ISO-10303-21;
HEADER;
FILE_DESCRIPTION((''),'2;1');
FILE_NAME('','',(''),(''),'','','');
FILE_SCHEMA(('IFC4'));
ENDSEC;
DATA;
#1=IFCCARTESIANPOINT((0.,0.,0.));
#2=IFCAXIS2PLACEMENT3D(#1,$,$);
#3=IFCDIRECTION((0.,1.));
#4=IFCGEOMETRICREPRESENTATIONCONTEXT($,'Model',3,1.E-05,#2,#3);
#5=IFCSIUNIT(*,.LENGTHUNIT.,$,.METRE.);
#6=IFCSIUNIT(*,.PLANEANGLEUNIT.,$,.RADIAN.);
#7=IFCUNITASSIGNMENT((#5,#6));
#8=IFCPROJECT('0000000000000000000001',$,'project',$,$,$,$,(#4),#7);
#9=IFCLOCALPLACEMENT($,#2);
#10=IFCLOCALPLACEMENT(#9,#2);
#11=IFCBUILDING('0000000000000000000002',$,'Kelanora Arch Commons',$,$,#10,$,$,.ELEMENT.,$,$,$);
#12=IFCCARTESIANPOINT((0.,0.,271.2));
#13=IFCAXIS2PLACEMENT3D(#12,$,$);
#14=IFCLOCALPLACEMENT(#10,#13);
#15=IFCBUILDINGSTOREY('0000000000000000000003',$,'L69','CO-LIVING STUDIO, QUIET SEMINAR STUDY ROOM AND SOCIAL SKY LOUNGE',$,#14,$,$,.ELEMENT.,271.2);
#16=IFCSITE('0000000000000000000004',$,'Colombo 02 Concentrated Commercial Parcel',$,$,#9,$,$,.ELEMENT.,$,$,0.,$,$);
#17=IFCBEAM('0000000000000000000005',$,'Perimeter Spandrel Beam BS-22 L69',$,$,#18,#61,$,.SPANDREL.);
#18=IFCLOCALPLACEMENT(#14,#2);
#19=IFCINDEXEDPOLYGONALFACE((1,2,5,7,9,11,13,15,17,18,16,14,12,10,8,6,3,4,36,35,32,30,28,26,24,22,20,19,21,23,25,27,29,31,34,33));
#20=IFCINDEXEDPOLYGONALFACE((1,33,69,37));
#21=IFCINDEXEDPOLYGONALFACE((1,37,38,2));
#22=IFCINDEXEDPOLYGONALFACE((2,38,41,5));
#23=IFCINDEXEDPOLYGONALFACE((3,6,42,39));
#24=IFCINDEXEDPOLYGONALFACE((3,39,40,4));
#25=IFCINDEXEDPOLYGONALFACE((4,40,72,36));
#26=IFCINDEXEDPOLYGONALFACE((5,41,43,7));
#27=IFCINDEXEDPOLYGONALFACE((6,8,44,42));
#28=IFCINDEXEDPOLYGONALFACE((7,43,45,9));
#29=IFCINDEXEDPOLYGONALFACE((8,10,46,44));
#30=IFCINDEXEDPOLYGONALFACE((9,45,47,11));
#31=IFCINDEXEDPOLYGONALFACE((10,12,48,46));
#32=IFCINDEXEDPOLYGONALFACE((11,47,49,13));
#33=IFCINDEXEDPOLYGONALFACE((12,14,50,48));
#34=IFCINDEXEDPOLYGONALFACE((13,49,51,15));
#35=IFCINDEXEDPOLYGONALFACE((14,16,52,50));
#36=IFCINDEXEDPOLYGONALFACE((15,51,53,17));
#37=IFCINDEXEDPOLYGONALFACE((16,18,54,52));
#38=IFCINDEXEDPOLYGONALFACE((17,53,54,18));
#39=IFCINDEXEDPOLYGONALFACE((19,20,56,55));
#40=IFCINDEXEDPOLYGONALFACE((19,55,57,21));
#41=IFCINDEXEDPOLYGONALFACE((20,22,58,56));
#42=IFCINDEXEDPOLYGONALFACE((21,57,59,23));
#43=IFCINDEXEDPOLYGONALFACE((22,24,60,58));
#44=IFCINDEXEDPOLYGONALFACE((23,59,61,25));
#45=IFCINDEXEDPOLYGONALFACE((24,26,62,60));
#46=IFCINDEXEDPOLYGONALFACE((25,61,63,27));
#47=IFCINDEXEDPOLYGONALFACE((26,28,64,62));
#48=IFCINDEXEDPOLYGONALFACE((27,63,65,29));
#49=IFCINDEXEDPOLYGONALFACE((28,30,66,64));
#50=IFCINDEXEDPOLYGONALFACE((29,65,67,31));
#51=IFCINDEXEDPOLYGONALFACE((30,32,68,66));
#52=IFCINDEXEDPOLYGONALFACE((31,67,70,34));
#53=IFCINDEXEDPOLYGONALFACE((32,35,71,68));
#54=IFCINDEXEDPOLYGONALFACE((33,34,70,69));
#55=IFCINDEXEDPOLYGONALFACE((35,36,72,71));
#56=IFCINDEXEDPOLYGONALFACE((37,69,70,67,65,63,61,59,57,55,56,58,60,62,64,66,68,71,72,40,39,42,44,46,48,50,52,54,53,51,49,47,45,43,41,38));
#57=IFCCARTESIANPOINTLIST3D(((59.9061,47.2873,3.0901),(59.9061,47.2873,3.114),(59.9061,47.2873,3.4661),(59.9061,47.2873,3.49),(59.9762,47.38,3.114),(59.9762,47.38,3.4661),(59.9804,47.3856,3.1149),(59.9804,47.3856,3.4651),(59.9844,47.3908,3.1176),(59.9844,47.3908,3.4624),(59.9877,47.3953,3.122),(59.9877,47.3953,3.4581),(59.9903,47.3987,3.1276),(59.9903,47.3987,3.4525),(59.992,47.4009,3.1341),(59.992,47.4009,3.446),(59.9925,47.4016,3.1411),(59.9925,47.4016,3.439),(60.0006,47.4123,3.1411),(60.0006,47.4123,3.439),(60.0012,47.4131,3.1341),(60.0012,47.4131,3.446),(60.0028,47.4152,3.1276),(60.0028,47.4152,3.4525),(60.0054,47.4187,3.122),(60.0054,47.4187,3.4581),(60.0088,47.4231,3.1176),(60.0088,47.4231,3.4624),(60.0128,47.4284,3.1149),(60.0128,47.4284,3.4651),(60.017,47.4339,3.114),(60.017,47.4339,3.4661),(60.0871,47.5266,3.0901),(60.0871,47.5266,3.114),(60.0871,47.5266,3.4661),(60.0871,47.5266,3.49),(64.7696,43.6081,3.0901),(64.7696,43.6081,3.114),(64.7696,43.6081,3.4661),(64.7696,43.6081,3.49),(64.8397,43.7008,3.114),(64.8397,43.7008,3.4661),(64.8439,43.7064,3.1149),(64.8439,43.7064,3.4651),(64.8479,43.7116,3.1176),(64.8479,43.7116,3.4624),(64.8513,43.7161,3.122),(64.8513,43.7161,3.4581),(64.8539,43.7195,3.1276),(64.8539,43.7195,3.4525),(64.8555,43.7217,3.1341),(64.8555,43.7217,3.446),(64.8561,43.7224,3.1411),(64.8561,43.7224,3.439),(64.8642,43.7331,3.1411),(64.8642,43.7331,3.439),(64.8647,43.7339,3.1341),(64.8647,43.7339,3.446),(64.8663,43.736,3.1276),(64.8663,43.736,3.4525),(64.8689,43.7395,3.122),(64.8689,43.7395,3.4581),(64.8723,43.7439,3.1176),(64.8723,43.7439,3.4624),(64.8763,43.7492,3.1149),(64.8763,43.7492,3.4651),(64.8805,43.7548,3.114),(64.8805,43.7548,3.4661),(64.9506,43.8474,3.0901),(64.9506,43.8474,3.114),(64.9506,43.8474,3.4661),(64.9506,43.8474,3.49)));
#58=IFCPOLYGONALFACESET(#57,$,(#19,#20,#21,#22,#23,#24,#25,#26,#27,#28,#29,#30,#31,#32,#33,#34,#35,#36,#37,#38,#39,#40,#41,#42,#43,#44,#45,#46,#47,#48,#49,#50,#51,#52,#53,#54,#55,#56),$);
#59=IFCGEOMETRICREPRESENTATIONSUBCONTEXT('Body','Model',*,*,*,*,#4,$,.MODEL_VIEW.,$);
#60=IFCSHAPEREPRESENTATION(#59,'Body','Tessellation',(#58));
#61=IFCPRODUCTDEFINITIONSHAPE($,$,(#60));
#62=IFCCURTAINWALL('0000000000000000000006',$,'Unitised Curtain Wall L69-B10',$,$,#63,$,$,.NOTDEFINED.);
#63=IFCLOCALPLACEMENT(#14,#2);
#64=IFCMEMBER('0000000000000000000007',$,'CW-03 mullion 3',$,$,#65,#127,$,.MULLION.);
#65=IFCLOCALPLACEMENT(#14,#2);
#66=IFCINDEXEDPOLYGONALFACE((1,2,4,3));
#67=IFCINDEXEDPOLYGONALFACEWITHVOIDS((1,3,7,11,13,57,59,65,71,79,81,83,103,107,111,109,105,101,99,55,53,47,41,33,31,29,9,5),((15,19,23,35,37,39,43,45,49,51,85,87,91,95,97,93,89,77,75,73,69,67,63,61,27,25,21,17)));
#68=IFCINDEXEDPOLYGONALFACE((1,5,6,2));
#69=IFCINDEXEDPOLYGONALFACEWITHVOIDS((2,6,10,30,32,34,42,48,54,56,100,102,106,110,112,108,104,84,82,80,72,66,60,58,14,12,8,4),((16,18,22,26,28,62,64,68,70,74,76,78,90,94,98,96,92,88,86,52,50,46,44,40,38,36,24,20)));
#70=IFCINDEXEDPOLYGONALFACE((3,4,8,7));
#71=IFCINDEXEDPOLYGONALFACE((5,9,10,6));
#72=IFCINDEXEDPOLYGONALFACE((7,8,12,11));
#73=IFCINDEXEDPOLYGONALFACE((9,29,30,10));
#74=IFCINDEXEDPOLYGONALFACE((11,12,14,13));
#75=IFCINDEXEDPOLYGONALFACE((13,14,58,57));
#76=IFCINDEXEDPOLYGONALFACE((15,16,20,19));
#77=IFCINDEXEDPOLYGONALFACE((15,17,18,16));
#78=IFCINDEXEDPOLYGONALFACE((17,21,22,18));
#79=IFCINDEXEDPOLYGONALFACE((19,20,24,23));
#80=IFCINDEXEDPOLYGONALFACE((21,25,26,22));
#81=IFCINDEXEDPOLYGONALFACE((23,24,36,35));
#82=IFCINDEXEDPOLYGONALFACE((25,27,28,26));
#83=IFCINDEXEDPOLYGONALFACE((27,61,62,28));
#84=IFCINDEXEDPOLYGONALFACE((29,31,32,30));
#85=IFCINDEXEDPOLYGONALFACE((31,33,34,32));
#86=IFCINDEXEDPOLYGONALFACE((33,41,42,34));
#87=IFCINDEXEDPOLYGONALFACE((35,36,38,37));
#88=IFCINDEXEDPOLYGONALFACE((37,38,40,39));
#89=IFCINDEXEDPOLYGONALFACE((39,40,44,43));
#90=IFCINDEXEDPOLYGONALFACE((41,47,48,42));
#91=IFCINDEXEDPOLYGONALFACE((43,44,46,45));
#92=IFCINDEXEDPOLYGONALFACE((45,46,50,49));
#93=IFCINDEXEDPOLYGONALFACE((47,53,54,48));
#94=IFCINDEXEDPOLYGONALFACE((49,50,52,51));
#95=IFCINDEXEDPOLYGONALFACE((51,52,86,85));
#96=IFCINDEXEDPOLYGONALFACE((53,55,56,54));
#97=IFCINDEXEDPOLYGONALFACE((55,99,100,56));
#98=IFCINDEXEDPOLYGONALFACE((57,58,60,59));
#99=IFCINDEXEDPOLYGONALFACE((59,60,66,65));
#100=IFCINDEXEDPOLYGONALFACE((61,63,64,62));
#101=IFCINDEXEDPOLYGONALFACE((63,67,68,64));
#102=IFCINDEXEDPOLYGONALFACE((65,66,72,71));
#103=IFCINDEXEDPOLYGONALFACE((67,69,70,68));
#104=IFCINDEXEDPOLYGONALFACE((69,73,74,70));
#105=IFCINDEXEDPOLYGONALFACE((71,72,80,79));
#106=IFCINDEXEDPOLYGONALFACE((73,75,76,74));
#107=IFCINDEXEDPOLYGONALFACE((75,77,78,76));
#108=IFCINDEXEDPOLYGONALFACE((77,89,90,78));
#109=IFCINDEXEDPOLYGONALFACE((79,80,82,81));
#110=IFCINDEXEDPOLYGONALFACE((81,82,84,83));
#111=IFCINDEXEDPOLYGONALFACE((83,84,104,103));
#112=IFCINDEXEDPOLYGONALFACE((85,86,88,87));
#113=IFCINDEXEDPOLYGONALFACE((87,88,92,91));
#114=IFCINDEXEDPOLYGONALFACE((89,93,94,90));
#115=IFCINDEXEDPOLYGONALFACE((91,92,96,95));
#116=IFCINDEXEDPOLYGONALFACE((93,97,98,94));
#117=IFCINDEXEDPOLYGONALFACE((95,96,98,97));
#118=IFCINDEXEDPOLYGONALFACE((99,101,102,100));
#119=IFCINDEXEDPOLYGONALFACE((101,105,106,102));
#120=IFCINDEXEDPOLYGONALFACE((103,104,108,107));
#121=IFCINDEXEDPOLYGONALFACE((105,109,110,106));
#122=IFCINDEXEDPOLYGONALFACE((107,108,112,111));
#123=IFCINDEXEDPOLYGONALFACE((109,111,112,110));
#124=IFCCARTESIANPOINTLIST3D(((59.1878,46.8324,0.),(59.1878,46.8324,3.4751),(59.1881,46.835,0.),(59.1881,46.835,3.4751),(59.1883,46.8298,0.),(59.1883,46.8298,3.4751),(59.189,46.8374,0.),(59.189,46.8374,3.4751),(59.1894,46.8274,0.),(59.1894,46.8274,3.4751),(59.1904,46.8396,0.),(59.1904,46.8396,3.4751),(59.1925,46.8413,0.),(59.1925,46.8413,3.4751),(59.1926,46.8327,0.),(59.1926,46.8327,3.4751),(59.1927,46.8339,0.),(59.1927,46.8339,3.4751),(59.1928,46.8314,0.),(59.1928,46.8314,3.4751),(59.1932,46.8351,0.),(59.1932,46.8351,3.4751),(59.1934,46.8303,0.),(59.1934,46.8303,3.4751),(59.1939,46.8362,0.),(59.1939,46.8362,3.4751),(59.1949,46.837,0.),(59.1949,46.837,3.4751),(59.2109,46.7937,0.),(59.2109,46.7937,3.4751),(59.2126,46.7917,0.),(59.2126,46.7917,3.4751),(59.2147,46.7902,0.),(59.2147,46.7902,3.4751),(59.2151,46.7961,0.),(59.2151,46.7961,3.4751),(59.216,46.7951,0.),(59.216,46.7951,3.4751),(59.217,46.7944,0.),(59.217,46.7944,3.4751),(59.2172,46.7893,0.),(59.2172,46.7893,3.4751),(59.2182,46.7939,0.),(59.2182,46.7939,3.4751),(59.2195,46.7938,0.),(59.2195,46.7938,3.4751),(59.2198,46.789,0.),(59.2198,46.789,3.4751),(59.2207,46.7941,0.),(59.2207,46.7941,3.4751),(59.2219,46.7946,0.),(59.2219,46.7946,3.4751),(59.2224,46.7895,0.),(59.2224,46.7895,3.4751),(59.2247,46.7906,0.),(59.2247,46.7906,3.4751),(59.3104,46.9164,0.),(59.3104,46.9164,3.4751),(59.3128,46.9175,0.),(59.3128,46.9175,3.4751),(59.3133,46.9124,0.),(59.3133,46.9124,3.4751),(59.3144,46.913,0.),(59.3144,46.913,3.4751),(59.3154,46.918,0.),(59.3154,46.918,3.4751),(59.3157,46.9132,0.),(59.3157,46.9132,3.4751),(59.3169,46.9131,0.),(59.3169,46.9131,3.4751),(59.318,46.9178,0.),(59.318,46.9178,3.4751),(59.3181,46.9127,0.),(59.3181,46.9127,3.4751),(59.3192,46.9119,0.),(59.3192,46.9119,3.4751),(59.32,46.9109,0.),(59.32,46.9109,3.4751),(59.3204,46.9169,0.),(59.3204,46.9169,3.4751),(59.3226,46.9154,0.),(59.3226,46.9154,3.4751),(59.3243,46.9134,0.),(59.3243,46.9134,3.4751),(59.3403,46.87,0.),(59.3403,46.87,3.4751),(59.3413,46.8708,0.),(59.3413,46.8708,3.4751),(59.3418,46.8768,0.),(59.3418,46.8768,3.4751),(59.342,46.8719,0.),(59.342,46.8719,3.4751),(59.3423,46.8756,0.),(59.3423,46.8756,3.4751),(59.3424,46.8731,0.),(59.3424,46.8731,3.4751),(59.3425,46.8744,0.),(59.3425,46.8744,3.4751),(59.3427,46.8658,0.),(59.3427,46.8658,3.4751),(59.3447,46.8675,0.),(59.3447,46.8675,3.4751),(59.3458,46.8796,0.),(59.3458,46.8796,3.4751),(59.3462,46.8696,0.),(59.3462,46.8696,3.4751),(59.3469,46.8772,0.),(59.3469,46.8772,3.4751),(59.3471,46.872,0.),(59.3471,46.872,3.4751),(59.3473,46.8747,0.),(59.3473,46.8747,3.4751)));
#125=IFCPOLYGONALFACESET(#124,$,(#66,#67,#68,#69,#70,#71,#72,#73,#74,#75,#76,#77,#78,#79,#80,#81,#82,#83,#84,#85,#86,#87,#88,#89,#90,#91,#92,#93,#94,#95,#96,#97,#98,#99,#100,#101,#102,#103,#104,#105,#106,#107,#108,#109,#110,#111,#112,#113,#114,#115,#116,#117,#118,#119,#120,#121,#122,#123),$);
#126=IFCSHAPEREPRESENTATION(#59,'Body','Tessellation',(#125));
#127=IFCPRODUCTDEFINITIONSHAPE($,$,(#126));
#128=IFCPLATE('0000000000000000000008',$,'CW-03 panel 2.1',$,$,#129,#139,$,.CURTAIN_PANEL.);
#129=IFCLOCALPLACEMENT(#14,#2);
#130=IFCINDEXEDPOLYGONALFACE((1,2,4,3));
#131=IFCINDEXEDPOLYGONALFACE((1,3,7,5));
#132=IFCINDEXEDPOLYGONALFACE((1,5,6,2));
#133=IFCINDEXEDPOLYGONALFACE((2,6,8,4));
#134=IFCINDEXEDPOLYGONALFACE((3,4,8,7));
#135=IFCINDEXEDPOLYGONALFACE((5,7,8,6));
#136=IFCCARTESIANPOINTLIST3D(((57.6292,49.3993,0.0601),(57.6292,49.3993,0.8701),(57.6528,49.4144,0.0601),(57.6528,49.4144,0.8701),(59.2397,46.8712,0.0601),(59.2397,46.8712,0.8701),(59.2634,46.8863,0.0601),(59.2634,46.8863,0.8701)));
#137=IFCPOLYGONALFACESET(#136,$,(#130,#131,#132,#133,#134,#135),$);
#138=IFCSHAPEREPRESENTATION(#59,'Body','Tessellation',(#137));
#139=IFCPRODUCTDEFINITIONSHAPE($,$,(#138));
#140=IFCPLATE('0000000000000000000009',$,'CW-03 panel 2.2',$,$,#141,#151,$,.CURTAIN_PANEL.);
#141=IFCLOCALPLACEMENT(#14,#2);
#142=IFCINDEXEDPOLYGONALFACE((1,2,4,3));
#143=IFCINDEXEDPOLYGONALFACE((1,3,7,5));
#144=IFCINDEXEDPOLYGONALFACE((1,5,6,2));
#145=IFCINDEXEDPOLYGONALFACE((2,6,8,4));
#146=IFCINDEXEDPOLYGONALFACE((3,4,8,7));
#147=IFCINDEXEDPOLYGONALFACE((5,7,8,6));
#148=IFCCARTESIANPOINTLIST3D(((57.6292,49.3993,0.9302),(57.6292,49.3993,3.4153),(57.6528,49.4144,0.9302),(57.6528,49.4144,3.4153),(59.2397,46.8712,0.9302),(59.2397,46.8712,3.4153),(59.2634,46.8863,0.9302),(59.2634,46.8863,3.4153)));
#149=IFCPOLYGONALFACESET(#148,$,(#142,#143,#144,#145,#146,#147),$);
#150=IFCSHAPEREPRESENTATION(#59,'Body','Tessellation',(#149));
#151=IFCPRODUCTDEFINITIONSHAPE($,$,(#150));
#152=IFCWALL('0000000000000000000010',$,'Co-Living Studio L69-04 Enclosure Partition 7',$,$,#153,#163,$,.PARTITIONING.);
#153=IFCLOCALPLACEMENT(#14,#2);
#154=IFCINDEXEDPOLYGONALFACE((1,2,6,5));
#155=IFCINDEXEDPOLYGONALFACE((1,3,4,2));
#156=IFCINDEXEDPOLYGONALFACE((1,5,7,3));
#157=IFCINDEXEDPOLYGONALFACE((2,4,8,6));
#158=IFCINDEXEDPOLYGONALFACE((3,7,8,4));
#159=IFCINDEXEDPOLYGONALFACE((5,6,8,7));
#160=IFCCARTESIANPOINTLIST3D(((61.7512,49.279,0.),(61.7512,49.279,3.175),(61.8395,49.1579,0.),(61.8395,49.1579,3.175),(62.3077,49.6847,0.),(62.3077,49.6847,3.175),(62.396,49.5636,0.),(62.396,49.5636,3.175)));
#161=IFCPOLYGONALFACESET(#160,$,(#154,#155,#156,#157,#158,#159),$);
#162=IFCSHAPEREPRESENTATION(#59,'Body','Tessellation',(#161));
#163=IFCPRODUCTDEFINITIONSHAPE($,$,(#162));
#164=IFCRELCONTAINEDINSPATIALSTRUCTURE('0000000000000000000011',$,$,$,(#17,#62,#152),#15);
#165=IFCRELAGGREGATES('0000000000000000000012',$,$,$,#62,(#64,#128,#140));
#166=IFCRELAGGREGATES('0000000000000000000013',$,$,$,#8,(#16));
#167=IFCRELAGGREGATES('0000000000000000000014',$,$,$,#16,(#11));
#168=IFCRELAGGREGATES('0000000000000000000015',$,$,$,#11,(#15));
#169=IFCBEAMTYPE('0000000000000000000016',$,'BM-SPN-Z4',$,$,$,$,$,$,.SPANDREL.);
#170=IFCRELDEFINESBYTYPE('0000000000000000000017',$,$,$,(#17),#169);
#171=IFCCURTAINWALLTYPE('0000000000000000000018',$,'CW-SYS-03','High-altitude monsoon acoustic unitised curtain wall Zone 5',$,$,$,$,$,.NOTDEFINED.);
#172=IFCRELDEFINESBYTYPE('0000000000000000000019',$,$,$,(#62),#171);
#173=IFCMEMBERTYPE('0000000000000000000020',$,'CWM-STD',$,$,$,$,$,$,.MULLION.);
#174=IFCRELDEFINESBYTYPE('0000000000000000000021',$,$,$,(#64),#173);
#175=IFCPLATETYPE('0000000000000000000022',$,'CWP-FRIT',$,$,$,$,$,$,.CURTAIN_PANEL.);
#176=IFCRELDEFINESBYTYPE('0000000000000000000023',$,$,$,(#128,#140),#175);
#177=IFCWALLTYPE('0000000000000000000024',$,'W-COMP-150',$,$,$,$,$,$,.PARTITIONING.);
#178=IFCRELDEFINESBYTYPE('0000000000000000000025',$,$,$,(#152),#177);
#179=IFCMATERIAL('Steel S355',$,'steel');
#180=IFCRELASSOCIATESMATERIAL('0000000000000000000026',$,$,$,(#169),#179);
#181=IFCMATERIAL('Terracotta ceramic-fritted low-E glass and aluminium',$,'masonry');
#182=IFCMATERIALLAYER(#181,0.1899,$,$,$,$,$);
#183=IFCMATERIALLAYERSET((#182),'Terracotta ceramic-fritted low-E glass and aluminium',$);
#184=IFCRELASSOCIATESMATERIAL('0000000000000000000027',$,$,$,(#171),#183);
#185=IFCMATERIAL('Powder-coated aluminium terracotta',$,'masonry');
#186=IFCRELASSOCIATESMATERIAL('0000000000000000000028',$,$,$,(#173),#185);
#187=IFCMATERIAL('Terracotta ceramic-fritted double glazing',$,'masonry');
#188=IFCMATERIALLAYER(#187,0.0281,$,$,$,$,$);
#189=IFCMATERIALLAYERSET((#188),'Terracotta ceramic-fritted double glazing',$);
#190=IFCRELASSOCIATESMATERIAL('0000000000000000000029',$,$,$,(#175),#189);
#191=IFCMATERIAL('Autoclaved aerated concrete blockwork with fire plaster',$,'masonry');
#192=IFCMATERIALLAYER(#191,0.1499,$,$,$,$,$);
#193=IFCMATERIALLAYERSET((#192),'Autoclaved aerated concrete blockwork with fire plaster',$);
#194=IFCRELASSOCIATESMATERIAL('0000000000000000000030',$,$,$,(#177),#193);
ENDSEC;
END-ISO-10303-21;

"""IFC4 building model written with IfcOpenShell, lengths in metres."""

from ifc_helpers import new_model, si_unit, direction, frame, frame_2d, origin, origin_2d, place, context, subcontext, project, spatial, rectangle, hollow_rectangle, i_section, extrude, source, transform, mapped, material, layer, layer_set, material_profile, profile_set, type_object, element, aggregate, save


model = new_model("IFC4")

# Units and contexts
model_context = context("Model", 3, precision=1e-05, world=origin(), true_north=direction((0.0, 1.0)))
body_context = subcontext(model_context, "Body", "Model", "MODEL_VIEW")
ifc_project = project(units=[si_unit("LENGTHUNIT", "METRE"), si_unit("PLANEANGLEUNIT", "RADIAN")], contexts=[model_context])

# Site, building, storey
site_placement = place(None, origin())
site = spatial("IfcSite", under=ifc_project, at=site_placement, Name="Colombo 02 Concentrated Commercial Parcel", CompositionType="ELEMENT", RefElevation=0.0)
building_placement = place(site_placement, origin())
building = spatial("IfcBuilding", under=site, at=building_placement, Name="Kelanora Arch Commons", CompositionType="ELEMENT")
storey_placement = place(building_placement, frame((0.0, 0.0, 271.2)))
storey = spatial("IfcBuildingStorey", under=building, at=storey_placement, Name="L69", Description="CO-LIVING STUDIO, QUIET SEMINAR STUDY ROOM AND SOCIAL SKY LOUNGE", CompositionType="ELEMENT", Elevation=271.2)

# Beam
ifc_material_1 = material(Name="Steel S355", Category="steel")
ifc_material_profile_1 = material_profile(ifc_material_1, i_section(OverallWidth=0.3, OverallDepth=0.3999, WebThickness=0.0134, FlangeThickness=0.0239, FilletRadius=0.0271, at=origin_2d()), Name="HEB400")
ifc_profile_set_1 = profile_set([ifc_material_profile_1], Name="Steel S355")
beam_type_1 = type_object("IfcBeamType", Name="BM-SPN-Z4", PredefinedType="SPANDREL", material=ifc_profile_set_1)
beam_1_placement = place(storey_placement, frame((59.9966, 47.407, 3.29), z_axis=(0.797509, -0.603306, 0.0), x_axis=(0.603306, 0.797509, 0.0)))
element("IfcBeam", 1, at=beam_1_placement, inside=storey, type_object=beam_type_1, Name="Perimeter Spandrel Beam BS-22 L69", PredefinedType="SPANDREL", context=body_context, shape_type="SweptSolid", body=[
    extrude(i_section(OverallWidth=0.3, OverallDepth=0.3999, WebThickness=0.0134, FlangeThickness=0.0239, FilletRadius=0.0271, at=origin_2d()), origin(), (0.0, 0.0, 1.0), 6.0984),
])

# Curtain wall, member, plates
ifc_material_2 = material(Name="Terracotta ceramic-fritted low-E glass and aluminium", Category="masonry")
ifc_layer_1 = layer(ifc_material_2, 0.1899)
ifc_layer_set_1 = layer_set([ifc_layer_1], Name="Terracotta ceramic-fritted low-E glass and aluminium")
curtain_wall_type = type_object("IfcCurtainWallType", Name="CW-SYS-03", Description="High-altitude monsoon acoustic unitised curtain wall Zone 5", PredefinedType="NOTDEFINED", material=ifc_layer_set_1)
curtain_wall_placement = place(storey_placement, origin())
curtain_wall = element("IfcCurtainWall", 2, at=curtain_wall_placement, inside=storey, type_object=curtain_wall_type, Name="Unitised Curtain Wall L69-B10", PredefinedType="NOTDEFINED")
ifc_material_3 = material(Name="Powder-coated aluminium terracotta", Category="masonry")
ifc_material_profile_2 = material_profile(ifc_material_3, hollow_rectangle(XDim=0.1599, YDim=0.0601, WallThickness=0.0049, InnerFilletRadius=0.0049, OuterFilletRadius=0.01, at=origin_2d()), Name="CWM160x60")
ifc_profile_set_2 = profile_set([ifc_material_profile_2], Name="Powder-coated aluminium terracotta")
member_type = type_object("IfcMemberType", Name="CWM-STD", PredefinedType="MULLION", material=ifc_profile_set_2)
member_placement = place(storey_placement, frame((59.2676, 46.8535, 0.0), z_axis=(0.0, 0.0, 1.0), x_axis=(0.843391, 0.5373, 0.0)))
member = element("IfcMember", 3, at=member_placement, type_object=member_type, Name="CW-03 mullion 3", PredefinedType="MULLION", context=body_context, shape_type="SweptSolid", body=[
    extrude(hollow_rectangle(XDim=0.1599, YDim=0.0601, WallThickness=0.0049, InnerFilletRadius=0.0049, OuterFilletRadius=0.01, at=origin_2d()), origin(), (0.0, 0.0, 1.0), 3.4751),
])
ifc_material_4 = material(Name="Terracotta ceramic-fritted double glazing", Category="masonry")
ifc_layer_2 = layer(ifc_material_4, 0.0281)
ifc_layer_set_2 = layer_set([ifc_layer_2], Name="Terracotta ceramic-fritted double glazing")
plate_type = type_object("IfcPlateType", Name="CWP-FRIT", PredefinedType="CURTAIN_PANEL", material=ifc_layer_set_2)
shared_shape_1 = source(origin(), body_context, "Body", "SweptSolid", [
    extrude(rectangle(XDim=2.9976, YDim=0.0281, at=origin_2d()), origin(), (0.0, 0.0, 1.0), 0.8101),
])
plate_1_placement = place(storey_placement, frame((58.4463, 48.1428, 0.0601), z_axis=(0.0, 0.0, 1.0), x_axis=(0.5373, -0.843391, 0.0)))
plate_1 = element("IfcPlate", 4, at=plate_1_placement, type_object=plate_type, Name="CW-03 panel 2.1", PredefinedType="CURTAIN_PANEL", context=body_context, shape_type="MappedRepresentation", body=[
    mapped(shared_shape_1, transform((0.0, 0.0, 0.0), scale=1.0)),
])
shared_shape_2 = source(origin(), body_context, "Body", "SweptSolid", [
    extrude(rectangle(XDim=2.9976, YDim=0.0281, at=origin_2d()), origin(), (0.0, 0.0, 1.0), 2.4851),
])
plate_2_placement = place(storey_placement, frame((58.4463, 48.1428, 0.9302), z_axis=(0.0, 0.0, 1.0), x_axis=(0.5373, -0.843391, 0.0)))
plate_2 = element("IfcPlate", 5, at=plate_2_placement, type_object=plate_type, Name="CW-03 panel 2.2", PredefinedType="CURTAIN_PANEL", context=body_context, shape_type="MappedRepresentation", body=[
    mapped(shared_shape_2, transform((0.0, 0.0, 0.0), scale=1.0)),
])
aggregate(curtain_wall, [member, plate_1, plate_2])

# Wall
ifc_material_5 = material(Name="Autoclaved aerated concrete blockwork with fire plaster", Category="masonry")
ifc_layer_3 = layer(ifc_material_5, 0.1499)
ifc_layer_set_3 = layer_set([ifc_layer_3], Name="Autoclaved aerated concrete blockwork with fire plaster")
wall_type_1 = type_object("IfcWallType", Name="W-COMP-150", PredefinedType="PARTITIONING", material=ifc_layer_set_3)
wall_1_placement = place(storey_placement, frame((61.7954, 49.2185, 0.0), z_axis=(0.0, 0.0, 1.0), x_axis=(0.808092, 0.589056, 0.0)))
element("IfcWall", 6, at=wall_1_placement, inside=storey, type_object=wall_type_1, Name="Co-Living Studio L69-04 Enclosure Partition 7", PredefinedType="PARTITIONING", context=body_context, shape_type="SweptSolid", body=[
    extrude(rectangle(XDim=0.6887, YDim=0.1499, at=frame_2d((0.3442, 0.0))), origin(), (0.0, 0.0, 1.0), 3.175),
])

save(model, "model.ifc")
